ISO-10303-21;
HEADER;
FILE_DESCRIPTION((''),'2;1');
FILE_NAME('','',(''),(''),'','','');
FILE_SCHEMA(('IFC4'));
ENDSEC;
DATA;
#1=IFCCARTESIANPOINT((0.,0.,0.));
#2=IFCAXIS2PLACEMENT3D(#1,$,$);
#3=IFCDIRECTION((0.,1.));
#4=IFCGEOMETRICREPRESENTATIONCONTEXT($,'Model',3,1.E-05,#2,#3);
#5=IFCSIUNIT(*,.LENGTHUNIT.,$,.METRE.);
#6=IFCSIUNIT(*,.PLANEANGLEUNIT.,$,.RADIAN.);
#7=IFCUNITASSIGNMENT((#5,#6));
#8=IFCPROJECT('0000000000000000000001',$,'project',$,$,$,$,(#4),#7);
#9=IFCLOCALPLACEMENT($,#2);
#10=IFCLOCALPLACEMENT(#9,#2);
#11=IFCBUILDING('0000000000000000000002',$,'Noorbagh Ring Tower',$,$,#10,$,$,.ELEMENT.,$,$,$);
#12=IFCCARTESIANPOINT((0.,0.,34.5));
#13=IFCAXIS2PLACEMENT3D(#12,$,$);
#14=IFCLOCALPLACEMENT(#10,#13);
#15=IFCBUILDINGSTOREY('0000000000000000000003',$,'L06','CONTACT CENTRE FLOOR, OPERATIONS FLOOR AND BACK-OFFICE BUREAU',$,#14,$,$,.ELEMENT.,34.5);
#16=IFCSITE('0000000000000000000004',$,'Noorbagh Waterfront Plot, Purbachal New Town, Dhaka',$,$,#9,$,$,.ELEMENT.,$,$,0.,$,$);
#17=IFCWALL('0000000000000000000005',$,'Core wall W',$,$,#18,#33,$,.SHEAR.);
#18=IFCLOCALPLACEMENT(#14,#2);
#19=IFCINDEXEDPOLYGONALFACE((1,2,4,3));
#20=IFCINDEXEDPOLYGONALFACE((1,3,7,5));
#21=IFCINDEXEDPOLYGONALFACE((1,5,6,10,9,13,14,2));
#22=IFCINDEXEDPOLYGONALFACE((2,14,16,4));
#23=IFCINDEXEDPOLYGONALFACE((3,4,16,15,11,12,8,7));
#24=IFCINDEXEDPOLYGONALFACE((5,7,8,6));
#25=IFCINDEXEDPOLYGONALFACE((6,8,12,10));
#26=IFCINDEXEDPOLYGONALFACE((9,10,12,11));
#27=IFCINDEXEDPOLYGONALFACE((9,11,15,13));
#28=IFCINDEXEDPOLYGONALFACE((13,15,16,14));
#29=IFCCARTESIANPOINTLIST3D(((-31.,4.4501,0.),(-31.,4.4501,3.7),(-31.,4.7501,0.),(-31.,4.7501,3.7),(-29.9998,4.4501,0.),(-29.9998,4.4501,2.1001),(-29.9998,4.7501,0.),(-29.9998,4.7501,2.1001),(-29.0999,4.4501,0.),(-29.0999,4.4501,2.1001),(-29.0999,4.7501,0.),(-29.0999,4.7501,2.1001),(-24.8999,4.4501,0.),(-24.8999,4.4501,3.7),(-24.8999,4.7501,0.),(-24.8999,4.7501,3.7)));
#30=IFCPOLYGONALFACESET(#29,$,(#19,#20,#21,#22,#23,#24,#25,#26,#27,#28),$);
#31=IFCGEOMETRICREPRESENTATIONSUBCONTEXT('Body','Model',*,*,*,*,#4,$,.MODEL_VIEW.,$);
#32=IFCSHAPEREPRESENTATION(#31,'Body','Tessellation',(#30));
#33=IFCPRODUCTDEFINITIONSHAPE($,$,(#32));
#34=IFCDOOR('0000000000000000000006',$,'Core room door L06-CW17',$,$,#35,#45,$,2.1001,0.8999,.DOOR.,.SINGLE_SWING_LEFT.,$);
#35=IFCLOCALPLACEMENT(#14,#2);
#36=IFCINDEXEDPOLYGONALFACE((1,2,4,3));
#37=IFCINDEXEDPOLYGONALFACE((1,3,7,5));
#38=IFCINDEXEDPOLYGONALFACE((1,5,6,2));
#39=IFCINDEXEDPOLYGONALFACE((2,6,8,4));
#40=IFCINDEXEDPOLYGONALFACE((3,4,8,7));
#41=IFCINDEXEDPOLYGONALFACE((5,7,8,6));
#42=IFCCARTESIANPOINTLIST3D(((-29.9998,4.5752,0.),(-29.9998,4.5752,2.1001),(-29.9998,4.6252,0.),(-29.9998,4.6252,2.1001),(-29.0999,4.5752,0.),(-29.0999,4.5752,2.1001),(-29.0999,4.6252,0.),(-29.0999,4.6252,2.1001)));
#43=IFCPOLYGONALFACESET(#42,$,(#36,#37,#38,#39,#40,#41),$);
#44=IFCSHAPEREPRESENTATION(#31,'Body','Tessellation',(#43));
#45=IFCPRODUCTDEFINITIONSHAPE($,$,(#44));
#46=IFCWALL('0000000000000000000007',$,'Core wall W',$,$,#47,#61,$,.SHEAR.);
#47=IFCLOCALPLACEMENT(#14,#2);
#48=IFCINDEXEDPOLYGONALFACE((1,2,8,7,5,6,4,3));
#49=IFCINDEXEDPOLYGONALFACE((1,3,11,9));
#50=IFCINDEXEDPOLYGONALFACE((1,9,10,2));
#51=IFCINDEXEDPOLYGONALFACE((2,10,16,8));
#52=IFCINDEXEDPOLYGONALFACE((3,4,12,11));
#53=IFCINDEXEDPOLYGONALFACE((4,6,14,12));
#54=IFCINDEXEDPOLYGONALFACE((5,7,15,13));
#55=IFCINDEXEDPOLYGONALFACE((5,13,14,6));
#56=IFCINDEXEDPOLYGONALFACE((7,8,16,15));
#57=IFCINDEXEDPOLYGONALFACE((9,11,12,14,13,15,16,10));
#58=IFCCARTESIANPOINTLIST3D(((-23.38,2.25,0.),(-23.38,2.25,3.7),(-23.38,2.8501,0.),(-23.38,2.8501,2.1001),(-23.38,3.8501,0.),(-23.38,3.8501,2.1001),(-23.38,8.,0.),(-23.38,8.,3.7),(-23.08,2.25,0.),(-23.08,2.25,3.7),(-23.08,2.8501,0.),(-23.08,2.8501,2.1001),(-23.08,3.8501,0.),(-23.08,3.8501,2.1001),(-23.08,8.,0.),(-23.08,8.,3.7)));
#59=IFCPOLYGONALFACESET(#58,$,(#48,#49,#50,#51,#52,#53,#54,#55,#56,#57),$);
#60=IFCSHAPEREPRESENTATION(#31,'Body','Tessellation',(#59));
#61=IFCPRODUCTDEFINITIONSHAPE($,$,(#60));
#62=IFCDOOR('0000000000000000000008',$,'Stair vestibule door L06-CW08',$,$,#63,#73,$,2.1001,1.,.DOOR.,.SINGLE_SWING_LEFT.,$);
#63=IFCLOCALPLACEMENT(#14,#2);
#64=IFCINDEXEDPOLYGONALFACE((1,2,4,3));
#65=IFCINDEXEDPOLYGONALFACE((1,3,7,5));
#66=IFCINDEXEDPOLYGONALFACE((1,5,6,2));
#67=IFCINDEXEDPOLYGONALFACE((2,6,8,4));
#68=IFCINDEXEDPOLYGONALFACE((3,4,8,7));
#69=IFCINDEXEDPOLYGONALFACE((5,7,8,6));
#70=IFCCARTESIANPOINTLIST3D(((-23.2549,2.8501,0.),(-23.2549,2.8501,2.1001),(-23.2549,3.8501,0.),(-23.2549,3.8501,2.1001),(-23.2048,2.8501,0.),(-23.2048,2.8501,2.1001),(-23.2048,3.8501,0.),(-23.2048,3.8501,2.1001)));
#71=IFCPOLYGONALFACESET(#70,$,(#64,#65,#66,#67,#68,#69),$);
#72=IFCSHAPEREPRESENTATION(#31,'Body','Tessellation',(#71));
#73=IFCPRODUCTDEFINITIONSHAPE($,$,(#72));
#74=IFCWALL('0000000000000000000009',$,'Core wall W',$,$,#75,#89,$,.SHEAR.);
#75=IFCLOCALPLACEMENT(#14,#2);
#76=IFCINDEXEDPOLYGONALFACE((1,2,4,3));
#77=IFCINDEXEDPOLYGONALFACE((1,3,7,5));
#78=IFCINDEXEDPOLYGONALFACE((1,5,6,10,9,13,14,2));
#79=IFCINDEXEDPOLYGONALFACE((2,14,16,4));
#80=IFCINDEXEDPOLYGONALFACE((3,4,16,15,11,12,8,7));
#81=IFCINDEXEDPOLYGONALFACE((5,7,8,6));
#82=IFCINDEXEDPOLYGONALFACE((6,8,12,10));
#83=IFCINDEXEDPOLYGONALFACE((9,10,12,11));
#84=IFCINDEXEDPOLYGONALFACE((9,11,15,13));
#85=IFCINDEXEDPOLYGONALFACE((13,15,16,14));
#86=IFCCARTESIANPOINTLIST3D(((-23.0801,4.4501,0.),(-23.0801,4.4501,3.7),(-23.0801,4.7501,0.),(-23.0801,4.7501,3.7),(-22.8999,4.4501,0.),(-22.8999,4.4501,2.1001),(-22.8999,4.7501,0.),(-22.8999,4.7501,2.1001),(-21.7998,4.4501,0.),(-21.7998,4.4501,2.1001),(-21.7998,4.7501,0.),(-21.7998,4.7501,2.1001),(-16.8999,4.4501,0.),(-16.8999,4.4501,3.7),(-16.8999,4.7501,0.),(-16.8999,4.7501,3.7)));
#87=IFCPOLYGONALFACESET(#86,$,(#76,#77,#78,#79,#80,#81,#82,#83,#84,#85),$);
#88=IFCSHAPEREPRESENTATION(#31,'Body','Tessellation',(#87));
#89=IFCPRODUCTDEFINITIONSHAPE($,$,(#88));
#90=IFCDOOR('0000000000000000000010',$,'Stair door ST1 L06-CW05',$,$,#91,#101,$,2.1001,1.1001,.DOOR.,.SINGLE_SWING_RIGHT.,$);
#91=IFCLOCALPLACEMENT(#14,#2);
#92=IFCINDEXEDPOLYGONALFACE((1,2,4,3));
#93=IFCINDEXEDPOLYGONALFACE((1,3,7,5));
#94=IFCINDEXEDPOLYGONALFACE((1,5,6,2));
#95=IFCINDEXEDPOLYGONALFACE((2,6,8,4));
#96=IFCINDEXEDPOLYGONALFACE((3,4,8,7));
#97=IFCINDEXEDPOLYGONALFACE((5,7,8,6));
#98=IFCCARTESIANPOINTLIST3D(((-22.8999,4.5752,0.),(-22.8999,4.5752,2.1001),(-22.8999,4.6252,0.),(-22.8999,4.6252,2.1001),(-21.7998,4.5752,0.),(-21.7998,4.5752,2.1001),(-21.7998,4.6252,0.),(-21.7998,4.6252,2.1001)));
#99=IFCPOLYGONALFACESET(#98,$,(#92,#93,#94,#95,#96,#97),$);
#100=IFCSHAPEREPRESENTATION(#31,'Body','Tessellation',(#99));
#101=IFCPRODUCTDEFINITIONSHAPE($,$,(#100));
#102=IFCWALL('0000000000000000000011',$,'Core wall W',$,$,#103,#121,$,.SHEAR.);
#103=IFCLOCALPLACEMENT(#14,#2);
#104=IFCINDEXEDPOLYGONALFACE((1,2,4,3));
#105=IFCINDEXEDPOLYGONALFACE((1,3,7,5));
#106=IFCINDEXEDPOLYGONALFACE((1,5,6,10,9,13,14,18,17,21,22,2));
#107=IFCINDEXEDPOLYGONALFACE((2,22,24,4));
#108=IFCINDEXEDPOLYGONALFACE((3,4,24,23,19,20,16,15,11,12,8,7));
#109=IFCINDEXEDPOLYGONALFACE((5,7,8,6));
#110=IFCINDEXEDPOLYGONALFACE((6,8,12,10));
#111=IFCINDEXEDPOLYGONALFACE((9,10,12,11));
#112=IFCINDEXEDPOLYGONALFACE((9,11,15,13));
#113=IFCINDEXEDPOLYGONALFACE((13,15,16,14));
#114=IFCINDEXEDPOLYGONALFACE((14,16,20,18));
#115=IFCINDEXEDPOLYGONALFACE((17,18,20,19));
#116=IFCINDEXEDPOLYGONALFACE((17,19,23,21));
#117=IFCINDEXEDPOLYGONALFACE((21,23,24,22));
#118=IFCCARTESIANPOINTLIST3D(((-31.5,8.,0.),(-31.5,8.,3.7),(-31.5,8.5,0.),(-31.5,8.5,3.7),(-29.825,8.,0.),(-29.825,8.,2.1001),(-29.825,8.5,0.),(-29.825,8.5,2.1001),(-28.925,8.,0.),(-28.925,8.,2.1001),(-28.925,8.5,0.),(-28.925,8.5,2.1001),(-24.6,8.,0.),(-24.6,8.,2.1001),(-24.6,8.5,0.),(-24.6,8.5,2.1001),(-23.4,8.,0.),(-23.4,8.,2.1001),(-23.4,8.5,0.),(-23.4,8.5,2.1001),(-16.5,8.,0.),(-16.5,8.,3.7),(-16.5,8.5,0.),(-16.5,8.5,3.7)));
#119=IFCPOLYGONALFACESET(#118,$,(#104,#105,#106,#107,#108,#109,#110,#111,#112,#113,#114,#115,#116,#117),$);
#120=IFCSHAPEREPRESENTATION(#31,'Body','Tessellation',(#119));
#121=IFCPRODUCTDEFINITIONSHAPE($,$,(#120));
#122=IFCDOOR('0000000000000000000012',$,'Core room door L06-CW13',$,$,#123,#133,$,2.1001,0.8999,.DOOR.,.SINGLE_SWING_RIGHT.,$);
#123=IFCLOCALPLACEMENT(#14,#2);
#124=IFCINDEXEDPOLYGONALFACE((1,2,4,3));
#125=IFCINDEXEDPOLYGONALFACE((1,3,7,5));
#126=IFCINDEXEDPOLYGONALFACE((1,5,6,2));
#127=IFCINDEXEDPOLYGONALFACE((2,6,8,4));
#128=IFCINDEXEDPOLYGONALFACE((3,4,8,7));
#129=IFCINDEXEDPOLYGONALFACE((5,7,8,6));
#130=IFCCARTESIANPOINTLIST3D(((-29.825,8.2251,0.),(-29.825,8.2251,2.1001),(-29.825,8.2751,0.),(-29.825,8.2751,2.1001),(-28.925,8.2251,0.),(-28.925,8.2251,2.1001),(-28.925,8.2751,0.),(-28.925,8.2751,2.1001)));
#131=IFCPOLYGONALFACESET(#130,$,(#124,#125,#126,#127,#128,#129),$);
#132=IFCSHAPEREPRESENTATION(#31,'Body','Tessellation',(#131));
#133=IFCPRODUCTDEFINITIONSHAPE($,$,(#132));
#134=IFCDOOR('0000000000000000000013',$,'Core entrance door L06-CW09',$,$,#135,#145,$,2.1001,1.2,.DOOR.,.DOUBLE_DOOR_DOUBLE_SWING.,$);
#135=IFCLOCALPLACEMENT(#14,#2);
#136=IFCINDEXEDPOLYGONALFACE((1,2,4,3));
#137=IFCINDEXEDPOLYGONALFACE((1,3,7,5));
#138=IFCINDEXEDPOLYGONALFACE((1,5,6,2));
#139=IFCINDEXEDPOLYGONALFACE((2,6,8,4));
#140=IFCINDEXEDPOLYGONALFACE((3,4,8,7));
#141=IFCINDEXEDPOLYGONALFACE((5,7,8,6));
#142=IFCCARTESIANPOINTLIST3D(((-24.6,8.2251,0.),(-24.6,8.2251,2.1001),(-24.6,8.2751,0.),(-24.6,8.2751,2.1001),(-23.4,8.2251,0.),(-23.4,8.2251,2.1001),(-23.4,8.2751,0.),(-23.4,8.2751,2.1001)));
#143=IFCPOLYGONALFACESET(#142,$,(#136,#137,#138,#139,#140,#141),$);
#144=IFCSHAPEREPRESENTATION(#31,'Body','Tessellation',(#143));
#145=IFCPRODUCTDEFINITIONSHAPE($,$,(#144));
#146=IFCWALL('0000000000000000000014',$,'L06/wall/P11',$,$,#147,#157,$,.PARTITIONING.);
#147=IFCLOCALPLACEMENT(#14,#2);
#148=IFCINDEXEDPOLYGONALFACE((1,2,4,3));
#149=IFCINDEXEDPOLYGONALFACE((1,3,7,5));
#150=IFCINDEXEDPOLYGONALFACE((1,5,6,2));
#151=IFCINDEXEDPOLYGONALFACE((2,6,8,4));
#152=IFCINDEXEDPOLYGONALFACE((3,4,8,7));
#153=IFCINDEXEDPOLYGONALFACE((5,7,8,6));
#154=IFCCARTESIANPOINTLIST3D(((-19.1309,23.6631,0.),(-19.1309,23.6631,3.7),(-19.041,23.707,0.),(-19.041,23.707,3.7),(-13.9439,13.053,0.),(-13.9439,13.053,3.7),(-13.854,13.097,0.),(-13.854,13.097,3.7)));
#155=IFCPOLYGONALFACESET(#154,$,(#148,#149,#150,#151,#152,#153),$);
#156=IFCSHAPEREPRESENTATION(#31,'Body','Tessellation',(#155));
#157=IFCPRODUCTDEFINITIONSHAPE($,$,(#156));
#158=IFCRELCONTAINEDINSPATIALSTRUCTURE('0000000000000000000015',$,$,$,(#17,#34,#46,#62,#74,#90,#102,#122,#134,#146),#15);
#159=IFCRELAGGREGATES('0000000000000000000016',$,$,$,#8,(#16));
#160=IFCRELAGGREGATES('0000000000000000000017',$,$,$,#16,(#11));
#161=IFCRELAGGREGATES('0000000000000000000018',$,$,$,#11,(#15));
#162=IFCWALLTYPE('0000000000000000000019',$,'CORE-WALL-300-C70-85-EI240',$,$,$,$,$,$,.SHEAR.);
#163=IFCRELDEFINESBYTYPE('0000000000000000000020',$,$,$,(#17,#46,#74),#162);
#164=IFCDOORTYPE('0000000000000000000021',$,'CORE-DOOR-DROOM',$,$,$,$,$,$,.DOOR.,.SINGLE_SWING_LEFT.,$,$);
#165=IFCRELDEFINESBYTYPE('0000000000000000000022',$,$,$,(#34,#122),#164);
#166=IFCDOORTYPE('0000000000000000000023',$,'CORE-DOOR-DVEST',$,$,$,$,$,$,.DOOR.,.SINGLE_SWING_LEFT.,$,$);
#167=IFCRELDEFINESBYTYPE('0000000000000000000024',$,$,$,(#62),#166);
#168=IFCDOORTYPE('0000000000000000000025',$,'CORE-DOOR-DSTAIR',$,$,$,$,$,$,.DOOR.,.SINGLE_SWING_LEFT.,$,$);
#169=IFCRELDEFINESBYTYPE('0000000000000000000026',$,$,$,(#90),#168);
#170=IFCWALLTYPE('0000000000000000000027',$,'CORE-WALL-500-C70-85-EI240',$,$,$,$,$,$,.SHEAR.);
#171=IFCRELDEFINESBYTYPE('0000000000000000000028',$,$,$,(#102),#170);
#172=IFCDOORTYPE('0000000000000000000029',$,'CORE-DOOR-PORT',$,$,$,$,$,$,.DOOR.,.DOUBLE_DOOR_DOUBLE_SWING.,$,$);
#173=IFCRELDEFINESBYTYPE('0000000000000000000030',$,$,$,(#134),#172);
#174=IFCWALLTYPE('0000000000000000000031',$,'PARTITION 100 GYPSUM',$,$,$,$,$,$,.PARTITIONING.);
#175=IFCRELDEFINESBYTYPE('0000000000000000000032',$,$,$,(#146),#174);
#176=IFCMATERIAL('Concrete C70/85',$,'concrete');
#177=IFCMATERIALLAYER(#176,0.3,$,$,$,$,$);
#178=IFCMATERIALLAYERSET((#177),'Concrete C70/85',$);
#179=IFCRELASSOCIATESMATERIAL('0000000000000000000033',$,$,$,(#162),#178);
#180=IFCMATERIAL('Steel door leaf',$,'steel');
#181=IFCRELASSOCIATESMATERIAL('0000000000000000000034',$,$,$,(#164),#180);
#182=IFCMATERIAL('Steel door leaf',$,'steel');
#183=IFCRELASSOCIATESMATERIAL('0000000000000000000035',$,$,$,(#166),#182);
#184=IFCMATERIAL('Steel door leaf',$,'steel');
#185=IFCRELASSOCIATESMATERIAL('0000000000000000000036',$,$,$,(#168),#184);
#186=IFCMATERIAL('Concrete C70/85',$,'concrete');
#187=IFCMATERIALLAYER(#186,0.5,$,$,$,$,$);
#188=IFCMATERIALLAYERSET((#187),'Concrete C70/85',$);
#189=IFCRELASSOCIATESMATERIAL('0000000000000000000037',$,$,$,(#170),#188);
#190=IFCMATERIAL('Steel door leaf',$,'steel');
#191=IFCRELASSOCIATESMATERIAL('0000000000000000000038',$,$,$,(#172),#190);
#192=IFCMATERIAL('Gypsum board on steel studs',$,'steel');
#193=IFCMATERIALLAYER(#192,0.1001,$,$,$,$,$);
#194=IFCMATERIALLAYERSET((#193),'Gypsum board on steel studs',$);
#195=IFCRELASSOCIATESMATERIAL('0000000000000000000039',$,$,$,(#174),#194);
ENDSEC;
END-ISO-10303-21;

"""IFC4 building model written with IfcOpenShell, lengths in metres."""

from ifc_helpers import new_model, si_unit, direction, frame, frame_2d, origin, place, context, subcontext, project, spatial, rectangle, extrude, material, layer, layer_set, type_object, element, fill, save


model = new_model("IFC4")

# Units and contexts
model_context = context("Model", 3, precision=1e-05, world=origin(), true_north=direction((0.0, 1.0)))
body_context = subcontext(model_context, "Body", "Model", "MODEL_VIEW")
ifc_project = project(units=[si_unit("LENGTHUNIT", "METRE"), si_unit("PLANEANGLEUNIT", "RADIAN")], contexts=[model_context])

# Site, building, storey
site_placement = place(None, origin())
site = spatial("IfcSite", under=ifc_project, at=site_placement, Name="Noorbagh Waterfront Plot, Purbachal New Town, Dhaka", CompositionType="ELEMENT", RefElevation=0.0)
building_placement = place(site_placement, origin())
building = spatial("IfcBuilding", under=site, at=building_placement, Name="Noorbagh Ring Tower", CompositionType="ELEMENT")
storey_placement = place(building_placement, frame((0.0, 0.0, 34.5)))
storey = spatial("IfcBuildingStorey", under=building, at=storey_placement, Name="L06", Description="CONTACT CENTRE FLOOR, OPERATIONS FLOOR AND BACK-OFFICE BUREAU", CompositionType="ELEMENT", Elevation=34.5)

# Walls, openings, doors
ifc_material_1 = material(Name="Concrete C70/85", Category="concrete")
ifc_layer_1 = layer(ifc_material_1, 0.3)
ifc_layer_set_1 = layer_set([ifc_layer_1], Name="Concrete C70/85")
wall_type_1 = type_object("IfcWallType", Name="CORE-WALL-300-C70-85-EI240", PredefinedType="SHEAR", material=ifc_layer_set_1)
wall_1_placement = place(storey_placement, frame((-24.8999, 4.6001, 0.0), z_axis=(0.0, 0.0, 1.0), x_axis=(-1.0, 0.0, 0.0)))
wall_1 = element("IfcWall", 1, at=wall_1_placement, inside=storey, type_object=wall_type_1, Name="Core wall W", PredefinedType="SHEAR", context=body_context, shape_type="SweptSolid", body=[
    extrude(rectangle(XDim=6.1001, YDim=0.3, at=frame_2d((3.05, 0.0))), origin(), (0.0, 0.0, 1.0), 3.7),
])
opening_1_placement = place(wall_1_placement, frame((4.2, 0.0, 0.0)))
opening_1 = element("IfcOpeningElement", 2, at=opening_1_placement, cuts=wall_1, PredefinedType="OPENING", context=body_context, shape_type="SweptSolid", body=[
    extrude(rectangle(XDim=0.8999, YDim=2.1001, at=frame_2d((0.45, 1.05))), frame((0.0, 0.1602, 0.0), z_axis=(0.0, -1.0, 0.0), x_axis=(1.0, 0.0, 0.0)), (0.0, 0.0, 1.0), 0.3201),
])
ifc_material_2 = material(Name="Steel door leaf", Category="steel")
door_type_1 = type_object("IfcDoorType", Name="CORE-DOOR-DROOM", OperationType="SINGLE_SWING_LEFT", PredefinedType="DOOR", material=ifc_material_2)
door_1_placement = place(opening_1_placement, origin())
door_1 = element("IfcDoor", 3, at=door_1_placement, inside=storey, type_object=door_type_1, Name="Core room door L06-CW17", OperationType="SINGLE_SWING_LEFT", OverallHeight=2.1001, OverallWidth=0.8999, PredefinedType="DOOR", context=body_context, shape_type="SweptSolid", body=[
    extrude(rectangle(XDim=0.8999, YDim=2.1001, at=frame_2d((0.45, 1.05))), frame((0.0, 0.0249, 0.0), z_axis=(0.0, -1.0, 0.0), x_axis=(1.0, 0.0, 0.0)), (0.0, 0.0, 1.0), 0.05),
])
fill(opening_1, door_1)
wall_2_placement = place(storey_placement, frame((-23.23, 2.25, 0.0), z_axis=(0.0, 0.0, 1.0), x_axis=(0.0, 1.0, 0.0)))
wall_2 = element("IfcWall", 4, at=wall_2_placement, inside=storey, type_object=wall_type_1, Name="Core wall W", PredefinedType="SHEAR", context=body_context, shape_type="SweptSolid", body=[
    extrude(rectangle(XDim=5.75, YDim=0.3, at=frame_2d((2.875, 0.0))), origin(), (0.0, 0.0, 1.0), 3.7),
])
opening_2_placement = place(wall_2_placement, frame((0.6001, 0.0, 0.0)))
opening_2 = element("IfcOpeningElement", 5, at=opening_2_placement, cuts=wall_2, PredefinedType="OPENING", context=body_context, shape_type="SweptSolid", body=[
    extrude(rectangle(XDim=1.0, YDim=2.1001, at=frame_2d((0.5, 1.05))), frame((0.0, 0.1602, 0.0), z_axis=(0.0, -1.0, 0.0), x_axis=(1.0, 0.0, 0.0)), (0.0, 0.0, 1.0), 0.3201),
])
ifc_material_3 = material(Name="Steel door leaf", Category="steel")
door_type_2 = type_object("IfcDoorType", Name="CORE-DOOR-DVEST", OperationType="SINGLE_SWING_LEFT", PredefinedType="DOOR", material=ifc_material_3)
door_2_placement = place(opening_2_placement, origin())
door_2 = element("IfcDoor", 6, at=door_2_placement, inside=storey, type_object=door_type_2, Name="Stair vestibule door L06-CW08", OperationType="SINGLE_SWING_LEFT", OverallHeight=2.1001, OverallWidth=1.0, PredefinedType="DOOR", context=body_context, shape_type="SweptSolid", body=[
    extrude(rectangle(XDim=1.0, YDim=2.1001, at=frame_2d((0.5, 1.05))), frame((0.0, 0.0249, 0.0), z_axis=(0.0, -1.0, 0.0), x_axis=(1.0, 0.0, 0.0)), (0.0, 0.0, 1.0), 0.05),
])
fill(opening_2, door_2)
wall_3_placement = place(storey_placement, frame((-16.8999, 4.6001, 0.0), z_axis=(0.0, 0.0, 1.0), x_axis=(-1.0, 0.0, 0.0)))
wall_3 = element("IfcWall", 7, at=wall_3_placement, inside=storey, type_object=wall_type_1, Name="Core wall W", PredefinedType="SHEAR", context=body_context, shape_type="SweptSolid", body=[
    extrude(rectangle(XDim=6.1802, YDim=0.3, at=frame_2d((3.0901, 0.0))), origin(), (0.0, 0.0, 1.0), 3.7),
])
opening_3_placement = place(wall_3_placement, frame((4.8999, 0.0, 0.0)))
opening_3 = element("IfcOpeningElement", 8, at=opening_3_placement, cuts=wall_3, PredefinedType="OPENING", context=body_context, shape_type="SweptSolid", body=[
    extrude(rectangle(XDim=1.1001, YDim=2.1001, at=frame_2d((0.55, 1.05))), frame((0.0, 0.1602, 0.0), z_axis=(0.0, -1.0, 0.0), x_axis=(1.0, 0.0, 0.0)), (0.0, 0.0, 1.0), 0.3201),
])
ifc_material_4 = material(Name="Steel door leaf", Category="steel")
door_type_3 = type_object("IfcDoorType", Name="CORE-DOOR-DSTAIR", OperationType="SINGLE_SWING_LEFT", PredefinedType="DOOR", material=ifc_material_4)
door_3_placement = place(opening_3_placement, origin())
door_3 = element("IfcDoor", 9, at=door_3_placement, inside=storey, type_object=door_type_3, Name="Stair door ST1 L06-CW05", OperationType="SINGLE_SWING_RIGHT", OverallHeight=2.1001, OverallWidth=1.1001, PredefinedType="DOOR", context=body_context, shape_type="SweptSolid", body=[
    extrude(rectangle(XDim=1.1001, YDim=2.1001, at=frame_2d((0.55, 1.05))), frame((0.0, 0.0249, 0.0), z_axis=(0.0, -1.0, 0.0), x_axis=(1.0, 0.0, 0.0)), (0.0, 0.0, 1.0), 0.05),
])
fill(opening_3, door_3)

# Wall, openings, doors
ifc_material_5 = material(Name="Concrete C70/85", Category="concrete")
ifc_layer_2 = layer(ifc_material_5, 0.5)
ifc_layer_set_2 = layer_set([ifc_layer_2], Name="Concrete C70/85")
wall_type_2 = type_object("IfcWallType", Name="CORE-WALL-500-C70-85-EI240", PredefinedType="SHEAR", material=ifc_layer_set_2)
wall_4_placement = place(storey_placement, frame((-16.5, 8.25, 0.0), z_axis=(0.0, 0.0, 1.0), x_axis=(-1.0, 0.0, 0.0)))
wall_4 = element("IfcWall", 10, at=wall_4_placement, inside=storey, type_object=wall_type_2, Name="Core wall W", PredefinedType="SHEAR", context=body_context, shape_type="SweptSolid", body=[
    extrude(rectangle(XDim=15.0, YDim=0.5, at=frame_2d((7.5, 0.0))), origin(), (0.0, 0.0, 1.0), 3.7),
])
opening_4_placement = place(wall_4_placement, frame((6.8999, 0.0, 0.0)))
opening_4 = element("IfcOpeningElement", 11, at=opening_4_placement, cuts=wall_4, PredefinedType="OPENING", context=body_context, shape_type="SweptSolid", body=[
    extrude(rectangle(XDim=1.2, YDim=2.1001, at=frame_2d((0.6001, 1.05))), frame((0.0, 0.26, 0.0), z_axis=(0.0, -1.0, 0.0), x_axis=(1.0, 0.0, 0.0)), (0.0, 0.0, 1.0), 0.52),
])
opening_5_placement = place(wall_4_placement, frame((12.425, 0.0, 0.0)))
opening_5 = element("IfcOpeningElement", 12, at=opening_5_placement, cuts=wall_4, PredefinedType="OPENING", context=body_context, shape_type="SweptSolid", body=[
    extrude(rectangle(XDim=0.8999, YDim=2.1001, at=frame_2d((0.45, 1.05))), frame((0.0, 0.26, 0.0), z_axis=(0.0, -1.0, 0.0), x_axis=(1.0, 0.0, 0.0)), (0.0, 0.0, 1.0), 0.52),
])
door_4_placement = place(opening_5_placement, origin())
door_4 = element("IfcDoor", 13, at=door_4_placement, inside=storey, type_object=door_type_1, Name="Core room door L06-CW13", OperationType="SINGLE_SWING_RIGHT", OverallHeight=2.1001, OverallWidth=0.8999, PredefinedType="DOOR", context=body_context, shape_type="SweptSolid", body=[
    extrude(rectangle(XDim=0.8999, YDim=2.1001, at=frame_2d((0.45, 1.05))), frame((0.0, 0.0249, 0.0), z_axis=(0.0, -1.0, 0.0), x_axis=(1.0, 0.0, 0.0)), (0.0, 0.0, 1.0), 0.05),
])
fill(opening_5, door_4)
ifc_material_6 = material(Name="Steel door leaf", Category="steel")
door_type_4 = type_object("IfcDoorType", Name="CORE-DOOR-PORT", OperationType="DOUBLE_DOOR_DOUBLE_SWING", PredefinedType="DOOR", material=ifc_material_6)
door_5_placement = place(opening_4_placement, origin())
door_5 = element("IfcDoor", 14, at=door_5_placement, inside=storey, type_object=door_type_4, Name="Core entrance door L06-CW09", OperationType="DOUBLE_DOOR_DOUBLE_SWING", OverallHeight=2.1001, OverallWidth=1.2, PredefinedType="DOOR", context=body_context, shape_type="SweptSolid", body=[
    extrude(rectangle(XDim=1.2, YDim=2.1001, at=frame_2d((0.6001, 1.05))), frame((0.0, 0.0249, 0.0), z_axis=(0.0, -1.0, 0.0), x_axis=(1.0, 0.0, 0.0)), (0.0, 0.0, 1.0), 0.05),
])
fill(opening_4, door_5)

# Wall
ifc_material_7 = material(Name="Gypsum board on steel studs", Category="steel")
ifc_layer_3 = layer(ifc_material_7, 0.1001)
ifc_layer_set_3 = layer_set([ifc_layer_3], Name="Gypsum board on steel studs")
wall_type_3 = type_object("IfcWallType", Name="PARTITION 100 GYPSUM", PredefinedType="PARTITIONING", material=ifc_layer_set_3)
wall_5_placement = place(storey_placement, frame((-19.0859, 23.6851, 0.0), z_axis=(0.0, 0.0, 1.0), x_axis=(0.4392, -0.898389, 0.0)))
element("IfcWall", 15, at=wall_5_placement, inside=storey, type_object=wall_type_3, Name="L06/wall/P11", PredefinedType="PARTITIONING", context=body_context, shape_type="SweptSolid", body=[
    extrude(rectangle(XDim=11.8101, YDim=0.1001, at=frame_2d((5.905, 0.0))), origin(), (0.0, 0.0, 1.0), 3.7),
])

save(model, "model.ifc")
